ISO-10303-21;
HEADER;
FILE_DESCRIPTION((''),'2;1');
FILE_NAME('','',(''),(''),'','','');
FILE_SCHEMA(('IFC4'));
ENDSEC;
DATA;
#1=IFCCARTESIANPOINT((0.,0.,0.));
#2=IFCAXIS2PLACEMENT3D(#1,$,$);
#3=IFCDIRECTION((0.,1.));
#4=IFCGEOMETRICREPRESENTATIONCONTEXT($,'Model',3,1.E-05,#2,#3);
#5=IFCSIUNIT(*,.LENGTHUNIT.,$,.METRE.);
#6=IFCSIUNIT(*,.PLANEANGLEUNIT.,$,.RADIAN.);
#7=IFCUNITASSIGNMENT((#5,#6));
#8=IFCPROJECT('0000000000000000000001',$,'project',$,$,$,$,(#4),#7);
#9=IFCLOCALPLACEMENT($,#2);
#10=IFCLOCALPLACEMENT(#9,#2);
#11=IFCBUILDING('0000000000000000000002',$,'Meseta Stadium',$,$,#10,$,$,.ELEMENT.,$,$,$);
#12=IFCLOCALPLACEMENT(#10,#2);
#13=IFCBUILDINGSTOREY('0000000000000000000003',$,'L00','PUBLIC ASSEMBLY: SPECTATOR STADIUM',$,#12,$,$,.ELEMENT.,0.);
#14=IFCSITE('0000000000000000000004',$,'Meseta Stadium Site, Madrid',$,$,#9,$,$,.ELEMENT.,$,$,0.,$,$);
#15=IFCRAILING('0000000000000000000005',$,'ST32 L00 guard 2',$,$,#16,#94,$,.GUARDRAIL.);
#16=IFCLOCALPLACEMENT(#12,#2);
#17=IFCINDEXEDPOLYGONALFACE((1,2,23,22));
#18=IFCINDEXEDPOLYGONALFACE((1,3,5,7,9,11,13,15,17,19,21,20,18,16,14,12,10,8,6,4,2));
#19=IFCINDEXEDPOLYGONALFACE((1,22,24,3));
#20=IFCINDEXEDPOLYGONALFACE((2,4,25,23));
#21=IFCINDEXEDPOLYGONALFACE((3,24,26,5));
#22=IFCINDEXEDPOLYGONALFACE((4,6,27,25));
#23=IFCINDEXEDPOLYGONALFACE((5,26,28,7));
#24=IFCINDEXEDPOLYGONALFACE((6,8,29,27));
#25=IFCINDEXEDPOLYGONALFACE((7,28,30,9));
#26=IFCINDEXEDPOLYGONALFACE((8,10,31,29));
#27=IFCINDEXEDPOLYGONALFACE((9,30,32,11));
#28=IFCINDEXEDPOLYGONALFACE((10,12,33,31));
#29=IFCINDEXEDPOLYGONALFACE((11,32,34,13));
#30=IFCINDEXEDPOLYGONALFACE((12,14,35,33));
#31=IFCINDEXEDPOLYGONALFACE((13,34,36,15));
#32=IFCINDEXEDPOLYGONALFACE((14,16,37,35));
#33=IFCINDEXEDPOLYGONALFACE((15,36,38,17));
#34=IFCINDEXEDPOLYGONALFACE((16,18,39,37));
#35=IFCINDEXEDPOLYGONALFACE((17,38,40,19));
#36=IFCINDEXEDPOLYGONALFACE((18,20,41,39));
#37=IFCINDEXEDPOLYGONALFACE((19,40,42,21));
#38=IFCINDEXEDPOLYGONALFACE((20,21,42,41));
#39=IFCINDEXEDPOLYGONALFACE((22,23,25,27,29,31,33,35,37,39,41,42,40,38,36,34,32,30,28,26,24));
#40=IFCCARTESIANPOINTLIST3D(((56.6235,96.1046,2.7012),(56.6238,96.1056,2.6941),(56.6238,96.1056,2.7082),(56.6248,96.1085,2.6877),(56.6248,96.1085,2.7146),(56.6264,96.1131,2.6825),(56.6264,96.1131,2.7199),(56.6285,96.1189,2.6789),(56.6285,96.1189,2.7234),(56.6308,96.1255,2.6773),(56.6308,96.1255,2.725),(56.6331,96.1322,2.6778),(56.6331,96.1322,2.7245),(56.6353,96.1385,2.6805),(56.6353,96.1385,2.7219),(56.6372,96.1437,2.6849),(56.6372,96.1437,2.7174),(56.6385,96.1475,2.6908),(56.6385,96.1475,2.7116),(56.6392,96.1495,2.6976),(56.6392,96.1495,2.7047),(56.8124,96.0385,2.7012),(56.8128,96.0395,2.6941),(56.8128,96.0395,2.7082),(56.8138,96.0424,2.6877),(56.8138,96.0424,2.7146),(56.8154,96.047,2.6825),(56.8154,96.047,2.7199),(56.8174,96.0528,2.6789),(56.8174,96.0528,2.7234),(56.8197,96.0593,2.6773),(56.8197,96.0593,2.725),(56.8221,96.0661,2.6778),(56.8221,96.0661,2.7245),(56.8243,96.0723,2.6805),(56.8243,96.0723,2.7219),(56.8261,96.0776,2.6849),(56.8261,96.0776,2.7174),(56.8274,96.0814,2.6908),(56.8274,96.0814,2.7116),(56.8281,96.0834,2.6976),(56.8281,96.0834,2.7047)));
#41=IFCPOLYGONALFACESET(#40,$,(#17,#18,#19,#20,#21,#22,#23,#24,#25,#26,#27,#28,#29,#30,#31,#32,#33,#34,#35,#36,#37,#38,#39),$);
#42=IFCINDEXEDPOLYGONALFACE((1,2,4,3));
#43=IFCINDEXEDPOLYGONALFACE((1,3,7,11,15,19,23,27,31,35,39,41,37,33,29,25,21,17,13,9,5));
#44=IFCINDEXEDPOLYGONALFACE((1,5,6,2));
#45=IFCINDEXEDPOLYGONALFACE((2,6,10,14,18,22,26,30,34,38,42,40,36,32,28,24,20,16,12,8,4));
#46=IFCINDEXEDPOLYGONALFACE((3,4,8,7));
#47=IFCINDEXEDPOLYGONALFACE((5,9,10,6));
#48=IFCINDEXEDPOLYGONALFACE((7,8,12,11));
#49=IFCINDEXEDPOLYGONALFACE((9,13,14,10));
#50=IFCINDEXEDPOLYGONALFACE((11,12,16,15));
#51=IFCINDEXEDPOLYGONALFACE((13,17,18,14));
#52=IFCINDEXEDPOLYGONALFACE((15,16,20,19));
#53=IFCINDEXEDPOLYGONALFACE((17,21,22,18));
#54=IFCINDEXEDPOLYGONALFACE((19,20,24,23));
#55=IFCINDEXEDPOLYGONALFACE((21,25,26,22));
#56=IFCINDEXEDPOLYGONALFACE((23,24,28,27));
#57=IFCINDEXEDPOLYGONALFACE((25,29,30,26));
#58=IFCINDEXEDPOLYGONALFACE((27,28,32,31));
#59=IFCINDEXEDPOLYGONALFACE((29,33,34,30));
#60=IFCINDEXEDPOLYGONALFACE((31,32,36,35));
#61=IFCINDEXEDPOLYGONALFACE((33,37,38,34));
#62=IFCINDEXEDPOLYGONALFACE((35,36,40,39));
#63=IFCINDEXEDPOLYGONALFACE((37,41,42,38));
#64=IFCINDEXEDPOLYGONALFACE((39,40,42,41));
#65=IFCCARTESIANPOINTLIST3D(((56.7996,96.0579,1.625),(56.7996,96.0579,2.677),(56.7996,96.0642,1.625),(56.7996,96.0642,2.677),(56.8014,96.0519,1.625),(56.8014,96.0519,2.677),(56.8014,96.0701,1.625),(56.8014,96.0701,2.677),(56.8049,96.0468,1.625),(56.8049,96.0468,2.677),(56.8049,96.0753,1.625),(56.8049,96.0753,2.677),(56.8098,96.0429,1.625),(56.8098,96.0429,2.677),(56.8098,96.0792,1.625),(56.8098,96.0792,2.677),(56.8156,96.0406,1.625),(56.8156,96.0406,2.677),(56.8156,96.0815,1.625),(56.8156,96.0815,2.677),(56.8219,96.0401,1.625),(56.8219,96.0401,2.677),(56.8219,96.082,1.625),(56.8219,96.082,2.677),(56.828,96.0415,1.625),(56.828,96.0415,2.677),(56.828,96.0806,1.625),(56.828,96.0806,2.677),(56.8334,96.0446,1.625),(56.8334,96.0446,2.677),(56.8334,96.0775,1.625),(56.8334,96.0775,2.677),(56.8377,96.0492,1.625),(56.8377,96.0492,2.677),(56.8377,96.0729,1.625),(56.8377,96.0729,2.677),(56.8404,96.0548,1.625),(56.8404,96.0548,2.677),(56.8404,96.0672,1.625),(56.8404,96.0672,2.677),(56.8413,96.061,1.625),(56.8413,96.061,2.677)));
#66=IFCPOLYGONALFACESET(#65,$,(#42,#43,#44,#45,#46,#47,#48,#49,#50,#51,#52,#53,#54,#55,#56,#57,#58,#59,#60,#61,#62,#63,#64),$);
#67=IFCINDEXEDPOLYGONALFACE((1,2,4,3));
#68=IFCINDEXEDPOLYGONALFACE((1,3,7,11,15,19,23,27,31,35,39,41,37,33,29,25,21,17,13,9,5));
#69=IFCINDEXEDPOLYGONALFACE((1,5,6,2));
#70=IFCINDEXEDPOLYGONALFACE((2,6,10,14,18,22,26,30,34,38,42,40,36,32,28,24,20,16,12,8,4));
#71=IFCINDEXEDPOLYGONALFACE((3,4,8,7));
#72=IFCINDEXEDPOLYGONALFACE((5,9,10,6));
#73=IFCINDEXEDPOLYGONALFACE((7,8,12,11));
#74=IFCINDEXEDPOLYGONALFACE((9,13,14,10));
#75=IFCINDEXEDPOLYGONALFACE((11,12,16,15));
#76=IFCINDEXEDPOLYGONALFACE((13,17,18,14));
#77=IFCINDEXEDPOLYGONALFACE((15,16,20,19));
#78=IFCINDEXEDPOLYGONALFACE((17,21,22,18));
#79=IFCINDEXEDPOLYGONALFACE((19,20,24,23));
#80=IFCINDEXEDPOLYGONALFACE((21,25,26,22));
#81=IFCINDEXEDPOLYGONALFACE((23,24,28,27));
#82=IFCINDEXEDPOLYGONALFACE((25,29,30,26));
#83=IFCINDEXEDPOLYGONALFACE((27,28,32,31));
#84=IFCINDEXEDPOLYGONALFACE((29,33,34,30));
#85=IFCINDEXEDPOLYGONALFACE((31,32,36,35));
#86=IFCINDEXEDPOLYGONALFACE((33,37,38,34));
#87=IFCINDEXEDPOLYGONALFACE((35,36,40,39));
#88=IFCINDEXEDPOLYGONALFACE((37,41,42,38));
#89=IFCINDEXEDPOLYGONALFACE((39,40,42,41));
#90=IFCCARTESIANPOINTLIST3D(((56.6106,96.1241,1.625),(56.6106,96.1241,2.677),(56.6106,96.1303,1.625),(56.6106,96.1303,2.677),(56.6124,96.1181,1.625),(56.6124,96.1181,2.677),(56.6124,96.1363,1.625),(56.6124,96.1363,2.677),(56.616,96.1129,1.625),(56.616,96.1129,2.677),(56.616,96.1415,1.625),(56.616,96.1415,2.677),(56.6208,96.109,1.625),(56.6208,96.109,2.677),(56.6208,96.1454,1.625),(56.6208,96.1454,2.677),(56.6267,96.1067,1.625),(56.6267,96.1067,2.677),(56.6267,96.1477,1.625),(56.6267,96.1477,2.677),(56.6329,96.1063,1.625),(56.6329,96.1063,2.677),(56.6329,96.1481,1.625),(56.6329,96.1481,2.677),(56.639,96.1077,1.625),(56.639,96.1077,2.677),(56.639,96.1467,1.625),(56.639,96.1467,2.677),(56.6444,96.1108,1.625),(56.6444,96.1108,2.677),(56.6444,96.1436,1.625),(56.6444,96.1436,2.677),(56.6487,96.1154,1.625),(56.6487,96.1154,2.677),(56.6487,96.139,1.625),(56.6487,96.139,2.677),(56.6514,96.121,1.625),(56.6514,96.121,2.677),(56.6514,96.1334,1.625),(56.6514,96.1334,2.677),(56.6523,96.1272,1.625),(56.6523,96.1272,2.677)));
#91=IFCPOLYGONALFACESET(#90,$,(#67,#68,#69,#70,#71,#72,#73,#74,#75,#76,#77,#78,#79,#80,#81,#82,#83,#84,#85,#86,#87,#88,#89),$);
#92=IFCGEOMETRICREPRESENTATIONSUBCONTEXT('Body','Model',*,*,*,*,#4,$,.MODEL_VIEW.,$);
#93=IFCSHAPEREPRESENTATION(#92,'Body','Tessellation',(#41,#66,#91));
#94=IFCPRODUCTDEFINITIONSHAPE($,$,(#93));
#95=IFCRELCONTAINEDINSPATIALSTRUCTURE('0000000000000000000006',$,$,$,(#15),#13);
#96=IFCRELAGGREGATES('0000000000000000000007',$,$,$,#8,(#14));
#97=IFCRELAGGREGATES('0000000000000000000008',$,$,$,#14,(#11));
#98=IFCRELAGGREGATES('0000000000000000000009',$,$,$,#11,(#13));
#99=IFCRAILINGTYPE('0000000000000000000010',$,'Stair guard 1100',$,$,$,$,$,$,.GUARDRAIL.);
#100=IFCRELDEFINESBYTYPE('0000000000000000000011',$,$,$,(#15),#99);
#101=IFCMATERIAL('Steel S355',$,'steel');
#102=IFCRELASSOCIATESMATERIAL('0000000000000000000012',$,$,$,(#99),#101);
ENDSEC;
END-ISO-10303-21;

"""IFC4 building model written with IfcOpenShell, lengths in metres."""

from ifc_helpers import new_model, si_unit, direction, frame, origin, origin_2d, place, context, subcontext, project, spatial, circle, extrude, material, type_object, element, save


model = new_model("IFC4")

# Units and contexts
model_context = context("Model", 3, precision=1e-05, world=origin(), true_north=direction((0.0, 1.0)))
body_context = subcontext(model_context, "Body", "Model", "MODEL_VIEW")
ifc_project = project(units=[si_unit("LENGTHUNIT", "METRE"), si_unit("PLANEANGLEUNIT", "RADIAN")], contexts=[model_context])

# Site, building, storey
site_placement = place(None, origin())
site = spatial("IfcSite", under=ifc_project, at=site_placement, Name="Meseta Stadium Site, Madrid", CompositionType="ELEMENT", RefElevation=0.0)
building_placement = place(site_placement, origin())
building = spatial("IfcBuilding", under=site, at=building_placement, Name="Meseta Stadium", CompositionType="ELEMENT")
storey_placement = place(building_placement, origin())
storey = spatial("IfcBuildingStorey", under=building, at=storey_placement, Name="L00", Description="PUBLIC ASSEMBLY: SPECTATOR STADIUM", CompositionType="ELEMENT", Elevation=0.0)

# Railing
ifc_material_1 = material(Name="Steel S355", Category="steel")
railing_type_1 = type_object("IfcRailingType", Name="Stair guard 1100", PredefinedType="GUARDRAIL", material=ifc_material_1)
railing_1_placement = place(storey_placement, frame((56.8203, 96.061, 1.625)))
element("IfcRailing", 1, at=railing_1_placement, inside=storey, type_object=railing_type_1, Name="ST32 L00 guard 2", PredefinedType="GUARDRAIL", context=body_context, shape_type="SweptSolid", body=[
    extrude(circle(Radius=0.0239, at=origin_2d()), frame((0.0, 0.0, 1.0762), z_axis=(-0.94382, 0.330459, 0.0), x_axis=(-0.330459, -0.94382, 0.0)), (0.0, 0.0, 1.0), 0.2002),
    extrude(circle(Radius=0.021, at=origin_2d()), origin(), (0.0, 0.0, 1.0), 1.052),
    extrude(circle(Radius=0.021, at=origin_2d()), frame((-0.189, 0.0662, 0.0)), (0.0, 0.0, 1.0), 1.052),
])

save(model, "model.ifc")
